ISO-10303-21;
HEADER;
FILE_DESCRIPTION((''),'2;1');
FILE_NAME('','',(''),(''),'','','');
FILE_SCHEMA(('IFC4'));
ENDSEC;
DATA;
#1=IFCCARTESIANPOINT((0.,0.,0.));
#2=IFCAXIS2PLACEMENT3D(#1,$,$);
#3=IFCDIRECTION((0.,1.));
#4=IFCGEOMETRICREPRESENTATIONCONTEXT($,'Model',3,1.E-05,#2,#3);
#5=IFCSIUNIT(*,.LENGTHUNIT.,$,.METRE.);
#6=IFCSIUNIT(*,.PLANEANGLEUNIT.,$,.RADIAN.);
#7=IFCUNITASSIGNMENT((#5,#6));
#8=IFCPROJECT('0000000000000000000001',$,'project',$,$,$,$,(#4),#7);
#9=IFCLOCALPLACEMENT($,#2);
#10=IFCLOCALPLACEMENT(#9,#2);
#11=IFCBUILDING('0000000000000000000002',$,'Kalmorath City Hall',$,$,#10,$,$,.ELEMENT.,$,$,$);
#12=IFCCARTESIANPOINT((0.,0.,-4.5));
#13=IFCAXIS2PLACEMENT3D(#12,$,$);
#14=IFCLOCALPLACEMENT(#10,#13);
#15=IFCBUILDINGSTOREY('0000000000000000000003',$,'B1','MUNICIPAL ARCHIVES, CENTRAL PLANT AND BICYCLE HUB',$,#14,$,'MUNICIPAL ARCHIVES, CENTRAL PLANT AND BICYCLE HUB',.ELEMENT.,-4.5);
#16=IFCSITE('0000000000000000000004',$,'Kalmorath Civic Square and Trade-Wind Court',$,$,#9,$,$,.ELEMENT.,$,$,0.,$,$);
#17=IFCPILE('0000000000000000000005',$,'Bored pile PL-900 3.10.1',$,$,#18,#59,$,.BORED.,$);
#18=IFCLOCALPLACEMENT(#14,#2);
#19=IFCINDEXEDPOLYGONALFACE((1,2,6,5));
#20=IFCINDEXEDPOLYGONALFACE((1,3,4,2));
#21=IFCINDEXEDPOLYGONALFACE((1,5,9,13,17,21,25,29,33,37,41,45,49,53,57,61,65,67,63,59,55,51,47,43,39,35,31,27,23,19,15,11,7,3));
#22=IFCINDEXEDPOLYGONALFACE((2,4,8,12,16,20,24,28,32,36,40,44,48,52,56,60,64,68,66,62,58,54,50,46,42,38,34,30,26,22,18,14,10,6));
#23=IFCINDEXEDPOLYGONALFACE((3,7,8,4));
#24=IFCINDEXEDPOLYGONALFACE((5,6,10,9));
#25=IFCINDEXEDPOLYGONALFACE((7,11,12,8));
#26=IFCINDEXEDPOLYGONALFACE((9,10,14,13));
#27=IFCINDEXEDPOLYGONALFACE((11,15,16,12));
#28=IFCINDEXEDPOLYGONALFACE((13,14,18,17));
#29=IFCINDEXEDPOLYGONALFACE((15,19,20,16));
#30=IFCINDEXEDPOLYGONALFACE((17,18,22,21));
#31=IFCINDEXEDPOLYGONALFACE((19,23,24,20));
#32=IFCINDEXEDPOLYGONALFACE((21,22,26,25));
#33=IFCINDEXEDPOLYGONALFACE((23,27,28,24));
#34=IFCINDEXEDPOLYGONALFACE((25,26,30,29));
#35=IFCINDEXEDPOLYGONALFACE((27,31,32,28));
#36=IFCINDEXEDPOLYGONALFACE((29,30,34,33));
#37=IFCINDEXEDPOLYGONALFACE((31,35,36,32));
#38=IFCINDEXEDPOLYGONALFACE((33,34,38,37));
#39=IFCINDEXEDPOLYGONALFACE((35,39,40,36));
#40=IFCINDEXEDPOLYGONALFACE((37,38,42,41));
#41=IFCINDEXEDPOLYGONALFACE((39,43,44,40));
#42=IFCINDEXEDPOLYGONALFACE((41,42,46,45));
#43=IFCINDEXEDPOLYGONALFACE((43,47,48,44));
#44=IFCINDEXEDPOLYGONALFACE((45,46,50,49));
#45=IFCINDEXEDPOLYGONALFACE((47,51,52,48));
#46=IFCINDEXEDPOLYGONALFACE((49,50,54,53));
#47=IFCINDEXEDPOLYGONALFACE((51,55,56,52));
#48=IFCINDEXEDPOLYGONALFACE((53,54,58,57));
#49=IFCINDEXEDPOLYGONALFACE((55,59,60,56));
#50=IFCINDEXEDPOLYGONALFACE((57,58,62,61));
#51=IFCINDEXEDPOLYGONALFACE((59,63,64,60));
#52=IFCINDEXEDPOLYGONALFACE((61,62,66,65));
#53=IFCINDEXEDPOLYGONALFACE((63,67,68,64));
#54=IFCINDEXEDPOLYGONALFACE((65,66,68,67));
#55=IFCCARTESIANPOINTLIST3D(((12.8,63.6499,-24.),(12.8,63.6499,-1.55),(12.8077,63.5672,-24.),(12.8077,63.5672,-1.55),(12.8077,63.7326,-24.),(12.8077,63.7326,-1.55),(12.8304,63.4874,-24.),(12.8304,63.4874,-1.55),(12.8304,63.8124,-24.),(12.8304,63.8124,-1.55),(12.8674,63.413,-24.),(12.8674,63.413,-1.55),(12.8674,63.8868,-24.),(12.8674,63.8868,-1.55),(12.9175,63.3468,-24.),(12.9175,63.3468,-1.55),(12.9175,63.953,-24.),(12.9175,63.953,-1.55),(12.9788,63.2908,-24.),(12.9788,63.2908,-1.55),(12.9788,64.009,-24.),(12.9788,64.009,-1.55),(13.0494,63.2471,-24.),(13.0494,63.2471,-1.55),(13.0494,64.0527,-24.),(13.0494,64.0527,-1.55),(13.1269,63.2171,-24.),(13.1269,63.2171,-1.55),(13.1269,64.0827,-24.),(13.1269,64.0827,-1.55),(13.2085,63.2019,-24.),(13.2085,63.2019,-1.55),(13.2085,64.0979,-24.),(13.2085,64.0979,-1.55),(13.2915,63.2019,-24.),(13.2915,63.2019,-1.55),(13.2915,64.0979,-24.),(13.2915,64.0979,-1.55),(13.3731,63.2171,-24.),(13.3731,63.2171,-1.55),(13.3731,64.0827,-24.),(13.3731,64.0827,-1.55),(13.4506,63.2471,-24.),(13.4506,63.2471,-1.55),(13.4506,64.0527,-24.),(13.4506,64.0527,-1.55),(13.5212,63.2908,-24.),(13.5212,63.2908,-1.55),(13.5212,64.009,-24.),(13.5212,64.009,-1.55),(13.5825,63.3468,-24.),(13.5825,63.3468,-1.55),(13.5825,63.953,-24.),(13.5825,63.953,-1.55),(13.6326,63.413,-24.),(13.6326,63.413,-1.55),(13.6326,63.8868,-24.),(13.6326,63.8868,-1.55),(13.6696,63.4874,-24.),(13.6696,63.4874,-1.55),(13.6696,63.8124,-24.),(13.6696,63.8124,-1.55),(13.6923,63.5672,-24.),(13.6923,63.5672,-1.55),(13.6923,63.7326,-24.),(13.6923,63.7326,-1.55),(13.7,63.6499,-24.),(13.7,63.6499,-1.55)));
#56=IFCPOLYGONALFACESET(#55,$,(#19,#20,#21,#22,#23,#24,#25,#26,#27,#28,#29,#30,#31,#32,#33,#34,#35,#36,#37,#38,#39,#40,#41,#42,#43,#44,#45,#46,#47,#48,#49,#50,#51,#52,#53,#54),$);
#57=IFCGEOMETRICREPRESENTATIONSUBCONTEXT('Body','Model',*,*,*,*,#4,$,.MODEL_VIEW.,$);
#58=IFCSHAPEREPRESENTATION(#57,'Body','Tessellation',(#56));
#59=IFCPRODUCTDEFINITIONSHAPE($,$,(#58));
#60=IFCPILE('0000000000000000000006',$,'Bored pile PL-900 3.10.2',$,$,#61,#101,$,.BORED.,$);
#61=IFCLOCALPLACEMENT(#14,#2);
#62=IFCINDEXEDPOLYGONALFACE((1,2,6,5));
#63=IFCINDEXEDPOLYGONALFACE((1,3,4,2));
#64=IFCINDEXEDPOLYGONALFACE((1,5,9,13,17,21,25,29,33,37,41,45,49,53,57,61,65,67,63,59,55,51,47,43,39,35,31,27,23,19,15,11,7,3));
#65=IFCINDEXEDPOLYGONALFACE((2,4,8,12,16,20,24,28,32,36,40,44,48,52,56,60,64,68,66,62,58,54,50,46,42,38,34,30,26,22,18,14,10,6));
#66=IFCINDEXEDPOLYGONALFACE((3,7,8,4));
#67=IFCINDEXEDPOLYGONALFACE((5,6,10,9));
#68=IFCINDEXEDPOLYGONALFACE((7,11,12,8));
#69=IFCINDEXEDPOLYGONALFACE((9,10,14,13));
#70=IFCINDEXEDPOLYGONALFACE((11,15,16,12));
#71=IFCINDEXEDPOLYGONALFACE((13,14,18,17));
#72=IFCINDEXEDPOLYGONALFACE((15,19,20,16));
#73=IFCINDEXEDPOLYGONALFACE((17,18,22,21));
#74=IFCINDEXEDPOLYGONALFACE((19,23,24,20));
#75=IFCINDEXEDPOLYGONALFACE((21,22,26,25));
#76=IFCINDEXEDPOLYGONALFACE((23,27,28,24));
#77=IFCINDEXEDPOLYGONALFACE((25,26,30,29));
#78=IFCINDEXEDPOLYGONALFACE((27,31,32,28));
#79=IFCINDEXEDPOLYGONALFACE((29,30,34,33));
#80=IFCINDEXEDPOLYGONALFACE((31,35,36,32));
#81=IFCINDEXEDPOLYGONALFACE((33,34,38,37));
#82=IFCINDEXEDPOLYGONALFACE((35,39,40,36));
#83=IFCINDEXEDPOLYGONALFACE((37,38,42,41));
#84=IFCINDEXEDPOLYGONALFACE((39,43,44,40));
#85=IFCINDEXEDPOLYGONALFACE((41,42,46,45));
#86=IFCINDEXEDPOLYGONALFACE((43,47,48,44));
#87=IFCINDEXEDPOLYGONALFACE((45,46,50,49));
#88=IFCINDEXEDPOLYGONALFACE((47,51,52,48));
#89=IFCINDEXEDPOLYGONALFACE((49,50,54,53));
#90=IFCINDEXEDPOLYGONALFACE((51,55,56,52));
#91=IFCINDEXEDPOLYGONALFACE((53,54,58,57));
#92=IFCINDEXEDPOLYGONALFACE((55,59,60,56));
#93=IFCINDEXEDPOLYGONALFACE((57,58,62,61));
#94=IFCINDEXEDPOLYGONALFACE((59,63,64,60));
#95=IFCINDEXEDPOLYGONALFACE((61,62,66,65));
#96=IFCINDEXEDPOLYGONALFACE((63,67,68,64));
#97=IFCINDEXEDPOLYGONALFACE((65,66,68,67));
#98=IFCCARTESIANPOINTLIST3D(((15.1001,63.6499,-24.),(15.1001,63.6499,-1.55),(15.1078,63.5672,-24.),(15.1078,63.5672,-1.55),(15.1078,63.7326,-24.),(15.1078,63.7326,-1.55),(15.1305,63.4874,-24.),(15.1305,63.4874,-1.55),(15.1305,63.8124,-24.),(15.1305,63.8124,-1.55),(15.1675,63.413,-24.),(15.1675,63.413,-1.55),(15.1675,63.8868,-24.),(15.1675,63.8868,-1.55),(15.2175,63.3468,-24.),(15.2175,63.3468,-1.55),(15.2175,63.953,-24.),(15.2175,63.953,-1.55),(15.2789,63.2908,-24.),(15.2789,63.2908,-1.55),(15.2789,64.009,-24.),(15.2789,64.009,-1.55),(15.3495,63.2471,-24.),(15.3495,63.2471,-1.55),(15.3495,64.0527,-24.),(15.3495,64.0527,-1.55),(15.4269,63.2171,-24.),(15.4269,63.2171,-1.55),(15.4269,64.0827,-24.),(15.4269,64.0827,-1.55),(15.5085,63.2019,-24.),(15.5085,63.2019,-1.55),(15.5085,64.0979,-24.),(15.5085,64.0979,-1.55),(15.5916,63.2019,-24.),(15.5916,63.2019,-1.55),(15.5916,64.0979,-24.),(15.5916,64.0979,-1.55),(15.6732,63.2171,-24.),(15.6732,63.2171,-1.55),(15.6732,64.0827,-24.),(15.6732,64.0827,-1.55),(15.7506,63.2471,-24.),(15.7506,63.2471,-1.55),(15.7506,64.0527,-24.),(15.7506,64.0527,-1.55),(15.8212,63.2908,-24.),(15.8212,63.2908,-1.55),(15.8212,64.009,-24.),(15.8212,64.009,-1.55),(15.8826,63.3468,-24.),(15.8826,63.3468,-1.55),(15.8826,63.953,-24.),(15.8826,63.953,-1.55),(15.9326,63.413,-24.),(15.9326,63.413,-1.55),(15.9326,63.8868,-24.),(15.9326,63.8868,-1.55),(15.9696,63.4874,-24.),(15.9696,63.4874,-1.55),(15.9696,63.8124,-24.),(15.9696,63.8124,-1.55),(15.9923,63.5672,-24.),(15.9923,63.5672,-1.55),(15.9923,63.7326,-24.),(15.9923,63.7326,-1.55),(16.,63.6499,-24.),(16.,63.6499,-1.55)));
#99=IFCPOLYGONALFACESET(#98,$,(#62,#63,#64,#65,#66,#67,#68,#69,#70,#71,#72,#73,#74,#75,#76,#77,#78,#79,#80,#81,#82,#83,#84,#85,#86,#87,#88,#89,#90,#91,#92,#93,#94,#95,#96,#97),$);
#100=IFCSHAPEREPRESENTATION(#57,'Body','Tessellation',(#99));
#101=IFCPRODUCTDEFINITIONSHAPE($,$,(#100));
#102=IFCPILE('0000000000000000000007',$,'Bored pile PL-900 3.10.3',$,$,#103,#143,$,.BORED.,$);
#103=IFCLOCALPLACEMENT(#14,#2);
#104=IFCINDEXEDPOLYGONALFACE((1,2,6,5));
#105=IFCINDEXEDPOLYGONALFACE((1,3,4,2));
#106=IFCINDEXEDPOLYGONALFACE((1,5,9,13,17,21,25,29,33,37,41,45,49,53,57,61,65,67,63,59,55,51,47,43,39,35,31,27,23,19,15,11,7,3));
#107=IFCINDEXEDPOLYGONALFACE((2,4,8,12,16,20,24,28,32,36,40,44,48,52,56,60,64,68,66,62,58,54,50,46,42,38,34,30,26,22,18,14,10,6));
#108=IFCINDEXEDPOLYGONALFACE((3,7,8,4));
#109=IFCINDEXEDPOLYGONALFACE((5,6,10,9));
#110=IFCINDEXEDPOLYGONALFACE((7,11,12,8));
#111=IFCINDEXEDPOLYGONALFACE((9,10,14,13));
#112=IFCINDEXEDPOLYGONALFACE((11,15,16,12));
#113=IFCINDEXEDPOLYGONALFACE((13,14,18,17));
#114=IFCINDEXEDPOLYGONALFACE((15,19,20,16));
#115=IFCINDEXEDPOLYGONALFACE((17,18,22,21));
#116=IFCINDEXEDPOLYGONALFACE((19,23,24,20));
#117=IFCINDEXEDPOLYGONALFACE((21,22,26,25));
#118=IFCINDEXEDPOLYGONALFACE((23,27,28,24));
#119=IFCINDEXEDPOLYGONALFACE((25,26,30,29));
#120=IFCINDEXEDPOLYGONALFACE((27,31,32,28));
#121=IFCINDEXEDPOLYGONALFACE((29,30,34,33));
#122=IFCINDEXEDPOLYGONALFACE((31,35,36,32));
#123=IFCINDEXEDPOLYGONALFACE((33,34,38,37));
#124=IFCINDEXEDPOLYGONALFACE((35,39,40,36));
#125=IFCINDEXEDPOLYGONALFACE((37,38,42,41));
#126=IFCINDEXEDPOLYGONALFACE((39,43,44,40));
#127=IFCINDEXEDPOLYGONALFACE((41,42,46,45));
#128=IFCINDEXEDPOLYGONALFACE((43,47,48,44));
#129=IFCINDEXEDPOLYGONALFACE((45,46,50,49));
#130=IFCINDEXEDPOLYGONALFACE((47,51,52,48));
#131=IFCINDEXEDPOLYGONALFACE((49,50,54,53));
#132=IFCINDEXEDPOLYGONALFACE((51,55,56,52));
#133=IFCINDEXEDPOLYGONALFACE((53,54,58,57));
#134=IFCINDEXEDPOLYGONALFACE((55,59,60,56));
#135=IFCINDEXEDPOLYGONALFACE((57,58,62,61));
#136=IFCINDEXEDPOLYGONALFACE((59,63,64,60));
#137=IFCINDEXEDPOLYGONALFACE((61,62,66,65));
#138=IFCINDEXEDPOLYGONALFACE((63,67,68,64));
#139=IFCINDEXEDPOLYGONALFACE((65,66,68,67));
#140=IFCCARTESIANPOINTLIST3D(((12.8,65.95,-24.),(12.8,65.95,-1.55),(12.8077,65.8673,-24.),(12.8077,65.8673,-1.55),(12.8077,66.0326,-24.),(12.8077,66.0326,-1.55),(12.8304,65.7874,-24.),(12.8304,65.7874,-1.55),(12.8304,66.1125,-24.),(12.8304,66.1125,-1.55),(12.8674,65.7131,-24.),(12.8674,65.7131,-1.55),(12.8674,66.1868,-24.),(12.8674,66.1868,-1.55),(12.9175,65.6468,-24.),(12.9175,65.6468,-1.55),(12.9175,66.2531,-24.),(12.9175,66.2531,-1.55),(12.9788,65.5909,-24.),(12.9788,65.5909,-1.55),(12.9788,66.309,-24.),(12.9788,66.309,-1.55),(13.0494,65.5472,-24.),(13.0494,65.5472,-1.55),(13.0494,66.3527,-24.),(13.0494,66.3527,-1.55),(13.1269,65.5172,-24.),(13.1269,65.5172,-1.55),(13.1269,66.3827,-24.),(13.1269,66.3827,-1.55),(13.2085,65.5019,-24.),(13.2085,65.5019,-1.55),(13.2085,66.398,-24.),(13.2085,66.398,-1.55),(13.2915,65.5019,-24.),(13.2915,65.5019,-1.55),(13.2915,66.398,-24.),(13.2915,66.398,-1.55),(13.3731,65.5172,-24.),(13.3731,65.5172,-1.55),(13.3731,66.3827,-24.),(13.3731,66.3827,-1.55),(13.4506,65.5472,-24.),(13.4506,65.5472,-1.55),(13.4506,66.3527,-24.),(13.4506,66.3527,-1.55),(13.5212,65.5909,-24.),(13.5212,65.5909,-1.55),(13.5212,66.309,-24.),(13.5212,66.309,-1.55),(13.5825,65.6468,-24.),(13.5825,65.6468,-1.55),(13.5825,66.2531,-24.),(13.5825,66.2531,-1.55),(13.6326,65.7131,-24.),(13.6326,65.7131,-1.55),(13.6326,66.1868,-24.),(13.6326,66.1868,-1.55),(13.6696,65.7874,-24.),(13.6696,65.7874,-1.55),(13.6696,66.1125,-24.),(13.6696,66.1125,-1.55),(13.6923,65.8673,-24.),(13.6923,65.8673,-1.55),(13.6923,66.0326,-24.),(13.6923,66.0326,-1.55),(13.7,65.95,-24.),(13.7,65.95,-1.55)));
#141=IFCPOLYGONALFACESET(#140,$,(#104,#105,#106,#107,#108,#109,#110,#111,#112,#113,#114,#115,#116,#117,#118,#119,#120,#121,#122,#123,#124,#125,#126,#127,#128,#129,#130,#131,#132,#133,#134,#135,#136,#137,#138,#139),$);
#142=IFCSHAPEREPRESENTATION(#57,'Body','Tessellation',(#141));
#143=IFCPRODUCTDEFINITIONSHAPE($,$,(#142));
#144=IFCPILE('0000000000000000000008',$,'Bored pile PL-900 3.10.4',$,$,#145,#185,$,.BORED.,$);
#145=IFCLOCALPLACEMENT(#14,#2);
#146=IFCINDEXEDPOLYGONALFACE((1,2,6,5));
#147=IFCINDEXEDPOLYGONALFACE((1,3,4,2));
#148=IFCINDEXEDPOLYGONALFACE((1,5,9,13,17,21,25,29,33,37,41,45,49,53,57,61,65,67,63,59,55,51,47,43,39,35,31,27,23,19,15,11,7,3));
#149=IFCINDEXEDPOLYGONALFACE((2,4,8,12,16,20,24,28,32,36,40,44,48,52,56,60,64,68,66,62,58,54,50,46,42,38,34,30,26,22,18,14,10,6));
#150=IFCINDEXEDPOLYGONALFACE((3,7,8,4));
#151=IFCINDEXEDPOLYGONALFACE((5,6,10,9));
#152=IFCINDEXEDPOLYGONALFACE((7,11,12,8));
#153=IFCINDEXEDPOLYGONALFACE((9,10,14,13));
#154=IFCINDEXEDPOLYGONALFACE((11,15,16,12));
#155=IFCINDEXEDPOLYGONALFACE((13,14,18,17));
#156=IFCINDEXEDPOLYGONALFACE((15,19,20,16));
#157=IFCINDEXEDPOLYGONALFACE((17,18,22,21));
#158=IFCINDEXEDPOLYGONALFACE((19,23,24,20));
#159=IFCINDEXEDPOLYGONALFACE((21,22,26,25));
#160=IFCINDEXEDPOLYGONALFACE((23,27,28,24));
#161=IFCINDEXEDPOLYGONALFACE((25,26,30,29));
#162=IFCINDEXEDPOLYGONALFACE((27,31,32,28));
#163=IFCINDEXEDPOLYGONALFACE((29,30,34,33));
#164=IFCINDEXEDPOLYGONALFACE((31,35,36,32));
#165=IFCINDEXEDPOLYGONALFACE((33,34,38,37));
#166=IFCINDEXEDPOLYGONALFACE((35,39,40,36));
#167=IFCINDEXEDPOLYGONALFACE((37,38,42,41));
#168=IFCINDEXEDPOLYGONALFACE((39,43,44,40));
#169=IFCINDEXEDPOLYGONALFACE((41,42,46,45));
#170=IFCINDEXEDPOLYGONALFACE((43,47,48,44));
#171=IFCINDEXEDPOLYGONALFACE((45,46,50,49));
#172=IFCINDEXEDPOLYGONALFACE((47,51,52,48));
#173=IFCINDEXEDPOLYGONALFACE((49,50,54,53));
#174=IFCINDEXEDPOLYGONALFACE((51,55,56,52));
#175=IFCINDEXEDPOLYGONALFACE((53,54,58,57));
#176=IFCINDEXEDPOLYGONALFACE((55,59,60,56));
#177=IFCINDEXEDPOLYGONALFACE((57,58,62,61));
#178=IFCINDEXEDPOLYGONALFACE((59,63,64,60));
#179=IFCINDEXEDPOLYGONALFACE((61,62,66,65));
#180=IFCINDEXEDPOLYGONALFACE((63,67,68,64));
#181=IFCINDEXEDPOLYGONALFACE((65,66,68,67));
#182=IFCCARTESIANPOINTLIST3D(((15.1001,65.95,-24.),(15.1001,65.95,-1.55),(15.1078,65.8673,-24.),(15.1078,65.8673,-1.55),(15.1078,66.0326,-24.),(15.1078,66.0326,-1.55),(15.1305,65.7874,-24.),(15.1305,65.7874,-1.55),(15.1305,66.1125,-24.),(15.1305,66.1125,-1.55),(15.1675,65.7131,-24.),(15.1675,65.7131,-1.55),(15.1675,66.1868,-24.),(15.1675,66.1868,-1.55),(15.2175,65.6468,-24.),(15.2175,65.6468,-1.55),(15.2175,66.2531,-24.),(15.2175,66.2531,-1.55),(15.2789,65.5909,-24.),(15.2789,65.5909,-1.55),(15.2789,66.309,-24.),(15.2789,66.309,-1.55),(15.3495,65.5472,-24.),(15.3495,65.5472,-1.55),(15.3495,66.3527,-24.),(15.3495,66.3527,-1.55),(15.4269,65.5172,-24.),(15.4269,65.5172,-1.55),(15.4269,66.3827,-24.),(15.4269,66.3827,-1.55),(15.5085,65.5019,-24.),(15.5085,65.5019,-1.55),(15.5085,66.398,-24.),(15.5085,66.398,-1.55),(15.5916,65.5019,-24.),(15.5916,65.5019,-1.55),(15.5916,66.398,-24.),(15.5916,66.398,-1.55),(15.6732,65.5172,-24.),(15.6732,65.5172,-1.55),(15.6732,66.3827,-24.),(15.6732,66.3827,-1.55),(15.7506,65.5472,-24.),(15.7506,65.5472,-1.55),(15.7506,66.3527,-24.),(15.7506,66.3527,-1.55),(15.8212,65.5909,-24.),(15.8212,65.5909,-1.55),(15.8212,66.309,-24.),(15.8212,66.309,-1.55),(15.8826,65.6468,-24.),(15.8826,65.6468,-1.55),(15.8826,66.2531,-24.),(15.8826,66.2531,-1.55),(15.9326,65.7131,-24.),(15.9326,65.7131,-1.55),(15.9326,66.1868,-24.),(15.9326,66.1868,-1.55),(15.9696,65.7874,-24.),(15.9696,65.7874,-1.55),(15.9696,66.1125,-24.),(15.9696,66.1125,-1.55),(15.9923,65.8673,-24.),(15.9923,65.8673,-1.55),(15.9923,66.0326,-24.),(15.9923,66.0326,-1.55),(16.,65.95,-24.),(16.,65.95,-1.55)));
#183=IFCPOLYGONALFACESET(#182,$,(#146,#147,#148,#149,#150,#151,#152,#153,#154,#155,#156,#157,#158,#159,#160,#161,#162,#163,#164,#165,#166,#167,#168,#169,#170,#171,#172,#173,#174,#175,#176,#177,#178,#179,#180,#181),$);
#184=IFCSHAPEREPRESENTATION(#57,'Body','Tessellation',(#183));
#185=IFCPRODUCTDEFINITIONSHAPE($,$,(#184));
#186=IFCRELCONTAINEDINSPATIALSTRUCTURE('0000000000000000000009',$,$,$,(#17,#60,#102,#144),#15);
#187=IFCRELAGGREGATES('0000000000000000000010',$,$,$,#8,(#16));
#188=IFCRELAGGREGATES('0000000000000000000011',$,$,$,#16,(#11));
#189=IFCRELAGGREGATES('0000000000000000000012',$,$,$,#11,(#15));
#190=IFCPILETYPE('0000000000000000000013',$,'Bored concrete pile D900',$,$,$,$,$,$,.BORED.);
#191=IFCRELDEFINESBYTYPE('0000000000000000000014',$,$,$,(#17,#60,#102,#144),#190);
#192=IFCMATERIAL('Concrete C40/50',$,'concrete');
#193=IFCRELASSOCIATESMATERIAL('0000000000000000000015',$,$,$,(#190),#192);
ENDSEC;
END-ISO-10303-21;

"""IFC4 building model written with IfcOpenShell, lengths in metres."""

from ifc_helpers import new_model, si_unit, direction, frame, origin, origin_2d, place, context, subcontext, project, spatial, circle, extrude, material, material_profile, profile_set, type_object, element, save


model = new_model("IFC4")

# Units and contexts
model_context = context("Model", 3, precision=1e-05, world=origin(), true_north=direction((0.0, 1.0)))
body_context = subcontext(model_context, "Body", "Model", "MODEL_VIEW")
ifc_project = project(units=[si_unit("LENGTHUNIT", "METRE"), si_unit("PLANEANGLEUNIT", "RADIAN")], contexts=[model_context])

# Site, building, storey
site_placement = place(None, origin())
site = spatial("IfcSite", under=ifc_project, at=site_placement, Name="Kalmorath Civic Square and Trade-Wind Court", CompositionType="ELEMENT", RefElevation=0.0)
building_placement = place(site_placement, origin())
building = spatial("IfcBuilding", under=site, at=building_placement, Name="Kalmorath City Hall", CompositionType="ELEMENT")
storey_placement = place(building_placement, frame((0.0, 0.0, -4.5)))
storey = spatial("IfcBuildingStorey", under=building, at=storey_placement, Name="B1", Description="MUNICIPAL ARCHIVES, CENTRAL PLANT AND BICYCLE HUB", LongName="MUNICIPAL ARCHIVES, CENTRAL PLANT AND BICYCLE HUB", CompositionType="ELEMENT", Elevation=-4.5)

# Piles
ifc_material_1 = material(Name="Concrete C40/50", Category="concrete")
ifc_material_profile_1 = material_profile(ifc_material_1, circle(Radius=0.45, at=origin_2d()), Name="PILE-D900")
ifc_profile_set_1 = profile_set([ifc_material_profile_1], Name="Concrete C40/50")
pile_type = type_object("IfcPileType", Name="Bored concrete pile D900", PredefinedType="BORED", material=ifc_profile_set_1)
for number, where, z_axis, x_axis, name in (
    (1, (13.25, 63.6499, -1.55), (0.0, 0.0, -1.0), (1.0, 0.0, 0.0), "Bored pile PL-900 3.10.1"),
    (2, (15.55, 63.6499, -1.55), (0.0, 0.0, -1.0), (1.0, 0.0, 0.0), "Bored pile PL-900 3.10.2"),
    (3, (13.25, 65.95, -1.55), (0.0, 0.0, -1.0), (1.0, 0.0, 0.0), "Bored pile PL-900 3.10.3"),
    (4, (15.55, 65.95, -1.55), (0.0, 0.0, -1.0), (1.0, 0.0, 0.0), "Bored pile PL-900 3.10.4"),
):
    element("IfcPile", number, at=place(storey_placement, frame(where, z_axis=z_axis, x_axis=x_axis)), inside=storey, type_object=pile_type, Name=name, PredefinedType="BORED", context=body_context, shape_type="SweptSolid", body=[
        extrude(circle(Radius=0.45, at=origin_2d()), origin(), (0.0, 0.0, 1.0), 22.45),
    ])

save(model, "model.ifc")
